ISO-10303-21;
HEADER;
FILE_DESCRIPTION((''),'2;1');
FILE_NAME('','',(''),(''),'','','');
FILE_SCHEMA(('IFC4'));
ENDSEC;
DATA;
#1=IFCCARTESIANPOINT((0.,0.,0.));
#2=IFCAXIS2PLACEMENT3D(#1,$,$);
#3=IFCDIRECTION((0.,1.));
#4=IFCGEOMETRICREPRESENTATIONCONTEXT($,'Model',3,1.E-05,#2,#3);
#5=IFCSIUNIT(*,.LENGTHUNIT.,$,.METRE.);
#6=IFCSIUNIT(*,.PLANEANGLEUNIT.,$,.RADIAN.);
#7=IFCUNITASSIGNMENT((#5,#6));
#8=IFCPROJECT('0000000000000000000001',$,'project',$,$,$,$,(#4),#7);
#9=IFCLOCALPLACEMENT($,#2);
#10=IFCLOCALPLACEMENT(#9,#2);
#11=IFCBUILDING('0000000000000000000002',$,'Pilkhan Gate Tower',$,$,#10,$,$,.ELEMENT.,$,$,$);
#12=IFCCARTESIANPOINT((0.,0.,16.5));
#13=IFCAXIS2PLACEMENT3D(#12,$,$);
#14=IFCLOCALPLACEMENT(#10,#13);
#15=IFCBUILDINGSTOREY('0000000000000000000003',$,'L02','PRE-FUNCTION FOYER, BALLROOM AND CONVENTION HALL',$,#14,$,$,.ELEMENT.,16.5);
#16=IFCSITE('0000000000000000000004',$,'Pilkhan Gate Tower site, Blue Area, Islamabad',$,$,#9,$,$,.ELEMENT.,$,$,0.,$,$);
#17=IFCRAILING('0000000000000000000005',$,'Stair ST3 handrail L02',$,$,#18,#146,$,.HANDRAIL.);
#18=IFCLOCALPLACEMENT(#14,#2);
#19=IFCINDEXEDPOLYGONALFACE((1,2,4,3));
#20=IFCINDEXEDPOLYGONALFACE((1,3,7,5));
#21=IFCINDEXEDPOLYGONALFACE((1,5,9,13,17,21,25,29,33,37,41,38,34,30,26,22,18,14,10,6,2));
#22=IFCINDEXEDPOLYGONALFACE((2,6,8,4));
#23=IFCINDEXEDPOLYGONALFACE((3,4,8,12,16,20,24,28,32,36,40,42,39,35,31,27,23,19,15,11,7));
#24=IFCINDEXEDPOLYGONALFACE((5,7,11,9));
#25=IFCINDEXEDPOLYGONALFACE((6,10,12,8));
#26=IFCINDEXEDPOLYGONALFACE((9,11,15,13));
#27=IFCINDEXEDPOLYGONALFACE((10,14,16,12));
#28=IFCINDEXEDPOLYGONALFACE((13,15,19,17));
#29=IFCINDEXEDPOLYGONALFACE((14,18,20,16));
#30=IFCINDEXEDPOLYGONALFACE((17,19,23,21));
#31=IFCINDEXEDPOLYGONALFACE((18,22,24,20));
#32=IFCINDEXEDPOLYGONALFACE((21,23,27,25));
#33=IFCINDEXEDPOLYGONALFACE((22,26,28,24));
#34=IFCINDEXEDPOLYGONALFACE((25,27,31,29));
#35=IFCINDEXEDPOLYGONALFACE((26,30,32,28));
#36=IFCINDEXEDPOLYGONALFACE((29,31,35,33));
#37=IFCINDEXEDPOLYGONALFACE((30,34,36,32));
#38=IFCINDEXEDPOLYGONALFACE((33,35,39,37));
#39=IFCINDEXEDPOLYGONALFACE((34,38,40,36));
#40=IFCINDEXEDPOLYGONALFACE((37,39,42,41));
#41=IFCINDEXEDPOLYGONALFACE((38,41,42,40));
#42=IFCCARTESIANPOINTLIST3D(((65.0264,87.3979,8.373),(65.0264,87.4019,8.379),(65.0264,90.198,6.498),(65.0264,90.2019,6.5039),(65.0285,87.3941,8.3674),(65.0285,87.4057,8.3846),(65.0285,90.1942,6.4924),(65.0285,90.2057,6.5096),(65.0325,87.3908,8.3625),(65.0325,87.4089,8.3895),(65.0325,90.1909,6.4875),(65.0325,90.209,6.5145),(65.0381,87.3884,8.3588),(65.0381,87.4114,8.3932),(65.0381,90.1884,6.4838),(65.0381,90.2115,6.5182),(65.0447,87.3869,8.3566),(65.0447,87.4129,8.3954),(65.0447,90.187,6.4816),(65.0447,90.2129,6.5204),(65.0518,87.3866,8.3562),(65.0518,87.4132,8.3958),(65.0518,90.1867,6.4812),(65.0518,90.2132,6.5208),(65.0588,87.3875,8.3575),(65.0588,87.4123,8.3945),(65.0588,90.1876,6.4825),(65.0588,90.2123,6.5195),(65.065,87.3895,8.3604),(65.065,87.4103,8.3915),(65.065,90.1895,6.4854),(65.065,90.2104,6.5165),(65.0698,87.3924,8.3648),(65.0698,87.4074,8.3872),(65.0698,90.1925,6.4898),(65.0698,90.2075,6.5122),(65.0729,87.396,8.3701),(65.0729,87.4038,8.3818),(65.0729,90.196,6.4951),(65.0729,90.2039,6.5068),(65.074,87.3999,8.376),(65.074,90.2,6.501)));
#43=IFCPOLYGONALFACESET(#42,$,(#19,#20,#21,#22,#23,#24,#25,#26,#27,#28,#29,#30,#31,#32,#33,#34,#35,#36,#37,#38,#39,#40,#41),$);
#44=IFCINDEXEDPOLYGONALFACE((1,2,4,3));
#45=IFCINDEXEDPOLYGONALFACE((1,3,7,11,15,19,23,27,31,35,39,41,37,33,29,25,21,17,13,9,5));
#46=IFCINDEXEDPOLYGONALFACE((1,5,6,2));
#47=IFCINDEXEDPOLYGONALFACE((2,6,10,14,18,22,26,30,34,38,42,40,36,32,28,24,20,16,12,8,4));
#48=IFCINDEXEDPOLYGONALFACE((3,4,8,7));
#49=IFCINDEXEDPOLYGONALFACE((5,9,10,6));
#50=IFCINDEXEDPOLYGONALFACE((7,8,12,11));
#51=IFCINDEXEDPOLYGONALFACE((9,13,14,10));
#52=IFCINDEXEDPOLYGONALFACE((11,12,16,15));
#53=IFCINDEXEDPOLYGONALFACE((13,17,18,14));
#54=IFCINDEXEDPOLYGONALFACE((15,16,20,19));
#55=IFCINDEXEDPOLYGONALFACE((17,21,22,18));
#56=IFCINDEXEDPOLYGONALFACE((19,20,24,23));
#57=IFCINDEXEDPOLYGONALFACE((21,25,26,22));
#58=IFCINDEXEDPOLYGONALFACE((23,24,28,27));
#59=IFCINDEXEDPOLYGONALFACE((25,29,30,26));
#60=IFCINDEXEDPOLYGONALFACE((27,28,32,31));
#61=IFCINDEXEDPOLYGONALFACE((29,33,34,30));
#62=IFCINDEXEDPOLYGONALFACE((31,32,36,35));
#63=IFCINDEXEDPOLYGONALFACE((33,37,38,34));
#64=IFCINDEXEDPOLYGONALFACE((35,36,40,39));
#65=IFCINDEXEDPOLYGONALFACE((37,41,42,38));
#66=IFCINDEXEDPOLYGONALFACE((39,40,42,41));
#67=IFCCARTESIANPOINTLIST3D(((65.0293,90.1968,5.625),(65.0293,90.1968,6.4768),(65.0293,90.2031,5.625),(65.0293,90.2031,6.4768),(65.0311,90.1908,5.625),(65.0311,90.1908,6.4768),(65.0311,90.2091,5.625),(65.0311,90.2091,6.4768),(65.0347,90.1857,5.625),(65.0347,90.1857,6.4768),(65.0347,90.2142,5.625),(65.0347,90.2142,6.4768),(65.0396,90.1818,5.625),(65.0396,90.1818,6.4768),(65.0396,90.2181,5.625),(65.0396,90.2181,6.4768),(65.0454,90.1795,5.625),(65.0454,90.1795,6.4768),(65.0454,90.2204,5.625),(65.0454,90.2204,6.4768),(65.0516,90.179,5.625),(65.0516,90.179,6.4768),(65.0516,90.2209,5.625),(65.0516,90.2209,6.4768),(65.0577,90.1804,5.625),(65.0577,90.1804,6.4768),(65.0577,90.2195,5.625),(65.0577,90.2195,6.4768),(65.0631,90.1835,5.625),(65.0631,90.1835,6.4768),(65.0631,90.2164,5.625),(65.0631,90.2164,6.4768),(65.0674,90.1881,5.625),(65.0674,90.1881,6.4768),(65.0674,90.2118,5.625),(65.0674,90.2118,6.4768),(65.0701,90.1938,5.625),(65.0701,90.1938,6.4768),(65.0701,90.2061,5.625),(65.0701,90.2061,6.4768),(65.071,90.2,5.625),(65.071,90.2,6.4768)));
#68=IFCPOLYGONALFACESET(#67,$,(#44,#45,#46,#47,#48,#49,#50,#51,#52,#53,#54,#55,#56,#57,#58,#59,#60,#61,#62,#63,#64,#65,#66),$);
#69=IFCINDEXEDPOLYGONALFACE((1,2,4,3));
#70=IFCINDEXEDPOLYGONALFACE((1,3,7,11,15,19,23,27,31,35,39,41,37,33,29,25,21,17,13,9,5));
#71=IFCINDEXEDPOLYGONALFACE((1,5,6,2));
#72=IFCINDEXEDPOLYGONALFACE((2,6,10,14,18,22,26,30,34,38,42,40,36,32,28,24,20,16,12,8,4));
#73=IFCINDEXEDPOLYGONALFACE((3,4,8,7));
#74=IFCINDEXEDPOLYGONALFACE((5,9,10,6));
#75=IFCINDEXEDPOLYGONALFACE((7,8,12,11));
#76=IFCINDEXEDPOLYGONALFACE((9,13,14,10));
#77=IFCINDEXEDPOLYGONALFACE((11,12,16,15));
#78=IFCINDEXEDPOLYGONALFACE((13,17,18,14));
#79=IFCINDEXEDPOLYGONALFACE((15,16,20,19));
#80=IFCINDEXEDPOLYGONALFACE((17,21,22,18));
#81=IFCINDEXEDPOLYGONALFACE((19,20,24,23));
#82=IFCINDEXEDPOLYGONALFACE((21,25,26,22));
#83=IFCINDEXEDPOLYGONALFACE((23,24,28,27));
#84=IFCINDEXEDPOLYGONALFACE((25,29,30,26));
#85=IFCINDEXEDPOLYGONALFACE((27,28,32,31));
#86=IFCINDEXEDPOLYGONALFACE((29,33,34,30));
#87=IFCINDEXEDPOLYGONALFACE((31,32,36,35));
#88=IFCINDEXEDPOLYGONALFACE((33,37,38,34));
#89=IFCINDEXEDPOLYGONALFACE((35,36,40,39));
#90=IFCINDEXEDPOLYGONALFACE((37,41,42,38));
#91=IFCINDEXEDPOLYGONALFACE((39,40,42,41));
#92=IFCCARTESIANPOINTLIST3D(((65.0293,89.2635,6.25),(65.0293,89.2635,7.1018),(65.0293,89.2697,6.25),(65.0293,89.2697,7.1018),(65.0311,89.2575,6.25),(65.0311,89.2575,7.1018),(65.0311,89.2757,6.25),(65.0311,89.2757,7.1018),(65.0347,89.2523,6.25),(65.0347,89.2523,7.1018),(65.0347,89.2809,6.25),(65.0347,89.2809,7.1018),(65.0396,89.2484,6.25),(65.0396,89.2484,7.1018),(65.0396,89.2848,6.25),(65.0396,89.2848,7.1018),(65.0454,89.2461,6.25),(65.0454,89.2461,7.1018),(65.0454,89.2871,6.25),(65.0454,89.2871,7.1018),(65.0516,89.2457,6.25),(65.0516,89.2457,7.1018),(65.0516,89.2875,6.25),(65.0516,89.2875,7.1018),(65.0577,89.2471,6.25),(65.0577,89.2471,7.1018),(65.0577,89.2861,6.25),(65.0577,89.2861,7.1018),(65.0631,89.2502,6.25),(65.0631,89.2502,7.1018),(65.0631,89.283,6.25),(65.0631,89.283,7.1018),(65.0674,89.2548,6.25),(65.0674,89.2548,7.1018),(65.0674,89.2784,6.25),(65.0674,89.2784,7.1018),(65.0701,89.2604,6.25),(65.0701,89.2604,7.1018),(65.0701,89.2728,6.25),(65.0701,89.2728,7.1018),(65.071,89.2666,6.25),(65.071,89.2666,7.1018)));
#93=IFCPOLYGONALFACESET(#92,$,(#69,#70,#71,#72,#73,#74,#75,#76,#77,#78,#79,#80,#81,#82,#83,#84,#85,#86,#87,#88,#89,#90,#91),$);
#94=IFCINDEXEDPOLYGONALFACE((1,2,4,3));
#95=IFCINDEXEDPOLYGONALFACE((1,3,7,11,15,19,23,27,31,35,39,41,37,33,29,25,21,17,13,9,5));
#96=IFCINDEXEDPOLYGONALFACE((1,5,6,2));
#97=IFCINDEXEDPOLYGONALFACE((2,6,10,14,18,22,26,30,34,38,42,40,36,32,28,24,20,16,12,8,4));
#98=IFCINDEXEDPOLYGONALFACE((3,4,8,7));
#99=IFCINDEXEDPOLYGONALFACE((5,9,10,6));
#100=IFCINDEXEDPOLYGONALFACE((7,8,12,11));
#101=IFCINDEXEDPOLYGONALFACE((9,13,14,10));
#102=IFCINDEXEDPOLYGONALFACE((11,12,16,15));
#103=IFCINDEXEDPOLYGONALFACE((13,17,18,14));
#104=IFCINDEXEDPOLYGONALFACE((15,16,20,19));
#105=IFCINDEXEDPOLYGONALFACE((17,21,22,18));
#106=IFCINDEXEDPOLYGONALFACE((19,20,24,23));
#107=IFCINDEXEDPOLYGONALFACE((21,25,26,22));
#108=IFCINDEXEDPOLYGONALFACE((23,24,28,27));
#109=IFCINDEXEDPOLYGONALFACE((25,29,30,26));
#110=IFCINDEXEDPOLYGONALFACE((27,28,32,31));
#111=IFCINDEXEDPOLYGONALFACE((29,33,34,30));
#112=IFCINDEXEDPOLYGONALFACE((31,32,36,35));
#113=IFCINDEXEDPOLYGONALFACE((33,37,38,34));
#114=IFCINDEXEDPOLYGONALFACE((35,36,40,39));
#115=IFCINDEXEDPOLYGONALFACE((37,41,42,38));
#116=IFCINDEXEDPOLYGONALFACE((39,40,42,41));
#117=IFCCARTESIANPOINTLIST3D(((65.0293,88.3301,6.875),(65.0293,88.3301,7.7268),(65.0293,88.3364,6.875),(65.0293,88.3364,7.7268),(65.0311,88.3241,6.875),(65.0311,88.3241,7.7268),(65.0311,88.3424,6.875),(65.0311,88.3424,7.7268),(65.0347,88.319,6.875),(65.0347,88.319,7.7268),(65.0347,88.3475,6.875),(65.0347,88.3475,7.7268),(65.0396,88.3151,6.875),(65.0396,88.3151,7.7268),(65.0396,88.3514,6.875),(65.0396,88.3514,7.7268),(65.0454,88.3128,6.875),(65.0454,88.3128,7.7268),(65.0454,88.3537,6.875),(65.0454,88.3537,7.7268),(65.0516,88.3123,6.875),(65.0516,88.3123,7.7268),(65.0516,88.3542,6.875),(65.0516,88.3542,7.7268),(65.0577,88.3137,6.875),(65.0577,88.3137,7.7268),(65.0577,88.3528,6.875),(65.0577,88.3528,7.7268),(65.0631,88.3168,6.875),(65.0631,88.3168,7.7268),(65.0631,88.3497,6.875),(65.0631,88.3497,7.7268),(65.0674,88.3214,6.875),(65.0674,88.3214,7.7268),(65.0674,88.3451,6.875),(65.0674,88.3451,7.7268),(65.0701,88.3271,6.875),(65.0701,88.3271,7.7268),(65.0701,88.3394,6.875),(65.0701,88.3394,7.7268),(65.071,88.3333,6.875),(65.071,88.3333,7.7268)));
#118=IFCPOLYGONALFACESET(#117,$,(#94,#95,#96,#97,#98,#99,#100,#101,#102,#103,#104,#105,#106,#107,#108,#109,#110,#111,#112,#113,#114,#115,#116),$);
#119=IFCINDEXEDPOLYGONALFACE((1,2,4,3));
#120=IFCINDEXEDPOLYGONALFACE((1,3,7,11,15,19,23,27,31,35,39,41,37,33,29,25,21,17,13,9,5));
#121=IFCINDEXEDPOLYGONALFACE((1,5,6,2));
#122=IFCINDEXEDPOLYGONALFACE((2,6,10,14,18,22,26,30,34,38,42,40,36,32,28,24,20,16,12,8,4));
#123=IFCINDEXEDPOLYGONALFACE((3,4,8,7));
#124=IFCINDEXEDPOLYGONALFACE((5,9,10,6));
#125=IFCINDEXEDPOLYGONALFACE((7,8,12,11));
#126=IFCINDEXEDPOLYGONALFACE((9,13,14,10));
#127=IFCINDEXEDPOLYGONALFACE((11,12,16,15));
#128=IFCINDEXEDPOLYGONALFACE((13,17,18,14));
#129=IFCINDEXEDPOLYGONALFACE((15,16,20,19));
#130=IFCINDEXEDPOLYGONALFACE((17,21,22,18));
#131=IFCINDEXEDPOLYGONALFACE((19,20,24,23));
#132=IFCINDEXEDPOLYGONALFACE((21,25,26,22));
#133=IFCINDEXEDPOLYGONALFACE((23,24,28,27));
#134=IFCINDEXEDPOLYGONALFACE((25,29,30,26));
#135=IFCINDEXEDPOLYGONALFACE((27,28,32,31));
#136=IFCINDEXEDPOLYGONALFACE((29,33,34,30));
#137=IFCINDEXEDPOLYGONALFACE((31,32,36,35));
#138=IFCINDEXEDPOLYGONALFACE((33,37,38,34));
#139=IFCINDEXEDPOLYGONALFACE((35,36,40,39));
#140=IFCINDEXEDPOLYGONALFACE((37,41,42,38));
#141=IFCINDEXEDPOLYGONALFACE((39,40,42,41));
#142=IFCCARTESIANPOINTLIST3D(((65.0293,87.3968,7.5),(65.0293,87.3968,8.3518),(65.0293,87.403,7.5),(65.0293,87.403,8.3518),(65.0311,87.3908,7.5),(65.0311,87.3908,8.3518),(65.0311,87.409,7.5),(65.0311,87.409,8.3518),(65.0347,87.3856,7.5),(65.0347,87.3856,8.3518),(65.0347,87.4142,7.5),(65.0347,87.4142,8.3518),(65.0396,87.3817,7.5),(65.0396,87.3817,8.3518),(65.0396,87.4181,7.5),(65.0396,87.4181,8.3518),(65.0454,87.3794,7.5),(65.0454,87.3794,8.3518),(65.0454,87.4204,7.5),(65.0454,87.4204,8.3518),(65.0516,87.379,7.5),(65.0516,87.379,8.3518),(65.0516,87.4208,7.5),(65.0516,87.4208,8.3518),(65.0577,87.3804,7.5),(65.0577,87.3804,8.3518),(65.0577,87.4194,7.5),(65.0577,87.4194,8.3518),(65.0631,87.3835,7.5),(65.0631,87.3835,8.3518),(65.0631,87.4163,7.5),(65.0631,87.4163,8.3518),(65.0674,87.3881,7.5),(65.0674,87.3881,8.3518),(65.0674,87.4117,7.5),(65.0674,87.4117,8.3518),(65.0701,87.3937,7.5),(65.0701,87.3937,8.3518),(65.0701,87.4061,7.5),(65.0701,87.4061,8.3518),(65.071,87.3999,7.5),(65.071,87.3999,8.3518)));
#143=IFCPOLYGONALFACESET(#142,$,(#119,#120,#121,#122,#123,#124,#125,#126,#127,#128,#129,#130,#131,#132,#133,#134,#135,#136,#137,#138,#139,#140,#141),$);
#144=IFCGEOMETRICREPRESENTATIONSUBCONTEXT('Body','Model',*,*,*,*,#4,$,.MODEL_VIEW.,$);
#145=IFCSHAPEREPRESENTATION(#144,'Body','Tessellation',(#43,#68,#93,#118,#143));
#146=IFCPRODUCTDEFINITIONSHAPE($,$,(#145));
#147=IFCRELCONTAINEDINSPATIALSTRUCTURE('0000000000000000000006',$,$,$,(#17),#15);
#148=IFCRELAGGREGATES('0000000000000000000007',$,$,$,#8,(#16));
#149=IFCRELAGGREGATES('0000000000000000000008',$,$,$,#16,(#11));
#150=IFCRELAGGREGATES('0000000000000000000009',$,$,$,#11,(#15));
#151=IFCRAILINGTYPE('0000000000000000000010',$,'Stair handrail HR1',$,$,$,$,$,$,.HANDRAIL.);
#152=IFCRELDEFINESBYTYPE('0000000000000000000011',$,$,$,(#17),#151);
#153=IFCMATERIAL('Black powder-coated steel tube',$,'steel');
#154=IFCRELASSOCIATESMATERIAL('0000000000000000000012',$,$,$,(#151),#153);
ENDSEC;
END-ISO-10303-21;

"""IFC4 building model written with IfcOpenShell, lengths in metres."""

from ifc_helpers import new_model, si_unit, direction, frame, origin, origin_2d, place, context, subcontext, project, spatial, circle, extrude, material, type_object, element, save


model = new_model("IFC4")

# Units and contexts
model_context = context("Model", 3, precision=1e-05, world=origin(), true_north=direction((0.0, 1.0)))
body_context = subcontext(model_context, "Body", "Model", "MODEL_VIEW")
ifc_project = project(units=[si_unit("LENGTHUNIT", "METRE"), si_unit("PLANEANGLEUNIT", "RADIAN")], contexts=[model_context])

# Site, building, storey
site_placement = place(None, origin())
site = spatial("IfcSite", under=ifc_project, at=site_placement, Name="Pilkhan Gate Tower site, Blue Area, Islamabad", CompositionType="ELEMENT", RefElevation=0.0)
building_placement = place(site_placement, origin())
building = spatial("IfcBuilding", under=site, at=building_placement, Name="Pilkhan Gate Tower", CompositionType="ELEMENT")
storey_placement = place(building_placement, frame((0.0, 0.0, 16.5)))
storey = spatial("IfcBuildingStorey", under=building, at=storey_placement, Name="L02", Description="PRE-FUNCTION FOYER, BALLROOM AND CONVENTION HALL", CompositionType="ELEMENT", Elevation=16.5)

# Railing
ifc_material_1 = material(Name="Black powder-coated steel tube", Category="steel")
railing_type_1 = type_object("IfcRailingType", Name="Stair handrail HR1", PredefinedType="HANDRAIL", material=ifc_material_1)
for number, where, name in (
    (1, (65.05, 90.2, 5.625), "Stair ST3 handrail L02"),
):
    element("IfcRailing", number, at=place(storey_placement, frame(where)), inside=storey, type_object=railing_type_1, Name=name, PredefinedType="HANDRAIL", context=body_context, shape_type="SweptSolid", body=[
        extrude(circle(Radius=0.0239, at=origin_2d()), frame((0.0, 0.0, 0.876), z_axis=(0.0, -0.830912, 0.556404), x_axis=(1.0, 0.0, 0.0)), (0.0, 0.0, 1.0), 3.3699),
        extrude(circle(Radius=0.021, at=origin_2d()), origin(), (0.0, 0.0, 1.0), 0.8518),
        extrude(circle(Radius=0.021, at=origin_2d()), frame((0.0, -0.9333, 0.625)), (0.0, 0.0, 1.0), 0.8518),
        extrude(circle(Radius=0.021, at=origin_2d()), frame((0.0, -1.8667, 1.25)), (0.0, 0.0, 1.0), 0.8518),
        extrude(circle(Radius=0.021, at=origin_2d()), frame((0.0, -2.8, 1.875)), (0.0, 0.0, 1.0), 0.8518),
    ])

save(model, "model.ifc")
